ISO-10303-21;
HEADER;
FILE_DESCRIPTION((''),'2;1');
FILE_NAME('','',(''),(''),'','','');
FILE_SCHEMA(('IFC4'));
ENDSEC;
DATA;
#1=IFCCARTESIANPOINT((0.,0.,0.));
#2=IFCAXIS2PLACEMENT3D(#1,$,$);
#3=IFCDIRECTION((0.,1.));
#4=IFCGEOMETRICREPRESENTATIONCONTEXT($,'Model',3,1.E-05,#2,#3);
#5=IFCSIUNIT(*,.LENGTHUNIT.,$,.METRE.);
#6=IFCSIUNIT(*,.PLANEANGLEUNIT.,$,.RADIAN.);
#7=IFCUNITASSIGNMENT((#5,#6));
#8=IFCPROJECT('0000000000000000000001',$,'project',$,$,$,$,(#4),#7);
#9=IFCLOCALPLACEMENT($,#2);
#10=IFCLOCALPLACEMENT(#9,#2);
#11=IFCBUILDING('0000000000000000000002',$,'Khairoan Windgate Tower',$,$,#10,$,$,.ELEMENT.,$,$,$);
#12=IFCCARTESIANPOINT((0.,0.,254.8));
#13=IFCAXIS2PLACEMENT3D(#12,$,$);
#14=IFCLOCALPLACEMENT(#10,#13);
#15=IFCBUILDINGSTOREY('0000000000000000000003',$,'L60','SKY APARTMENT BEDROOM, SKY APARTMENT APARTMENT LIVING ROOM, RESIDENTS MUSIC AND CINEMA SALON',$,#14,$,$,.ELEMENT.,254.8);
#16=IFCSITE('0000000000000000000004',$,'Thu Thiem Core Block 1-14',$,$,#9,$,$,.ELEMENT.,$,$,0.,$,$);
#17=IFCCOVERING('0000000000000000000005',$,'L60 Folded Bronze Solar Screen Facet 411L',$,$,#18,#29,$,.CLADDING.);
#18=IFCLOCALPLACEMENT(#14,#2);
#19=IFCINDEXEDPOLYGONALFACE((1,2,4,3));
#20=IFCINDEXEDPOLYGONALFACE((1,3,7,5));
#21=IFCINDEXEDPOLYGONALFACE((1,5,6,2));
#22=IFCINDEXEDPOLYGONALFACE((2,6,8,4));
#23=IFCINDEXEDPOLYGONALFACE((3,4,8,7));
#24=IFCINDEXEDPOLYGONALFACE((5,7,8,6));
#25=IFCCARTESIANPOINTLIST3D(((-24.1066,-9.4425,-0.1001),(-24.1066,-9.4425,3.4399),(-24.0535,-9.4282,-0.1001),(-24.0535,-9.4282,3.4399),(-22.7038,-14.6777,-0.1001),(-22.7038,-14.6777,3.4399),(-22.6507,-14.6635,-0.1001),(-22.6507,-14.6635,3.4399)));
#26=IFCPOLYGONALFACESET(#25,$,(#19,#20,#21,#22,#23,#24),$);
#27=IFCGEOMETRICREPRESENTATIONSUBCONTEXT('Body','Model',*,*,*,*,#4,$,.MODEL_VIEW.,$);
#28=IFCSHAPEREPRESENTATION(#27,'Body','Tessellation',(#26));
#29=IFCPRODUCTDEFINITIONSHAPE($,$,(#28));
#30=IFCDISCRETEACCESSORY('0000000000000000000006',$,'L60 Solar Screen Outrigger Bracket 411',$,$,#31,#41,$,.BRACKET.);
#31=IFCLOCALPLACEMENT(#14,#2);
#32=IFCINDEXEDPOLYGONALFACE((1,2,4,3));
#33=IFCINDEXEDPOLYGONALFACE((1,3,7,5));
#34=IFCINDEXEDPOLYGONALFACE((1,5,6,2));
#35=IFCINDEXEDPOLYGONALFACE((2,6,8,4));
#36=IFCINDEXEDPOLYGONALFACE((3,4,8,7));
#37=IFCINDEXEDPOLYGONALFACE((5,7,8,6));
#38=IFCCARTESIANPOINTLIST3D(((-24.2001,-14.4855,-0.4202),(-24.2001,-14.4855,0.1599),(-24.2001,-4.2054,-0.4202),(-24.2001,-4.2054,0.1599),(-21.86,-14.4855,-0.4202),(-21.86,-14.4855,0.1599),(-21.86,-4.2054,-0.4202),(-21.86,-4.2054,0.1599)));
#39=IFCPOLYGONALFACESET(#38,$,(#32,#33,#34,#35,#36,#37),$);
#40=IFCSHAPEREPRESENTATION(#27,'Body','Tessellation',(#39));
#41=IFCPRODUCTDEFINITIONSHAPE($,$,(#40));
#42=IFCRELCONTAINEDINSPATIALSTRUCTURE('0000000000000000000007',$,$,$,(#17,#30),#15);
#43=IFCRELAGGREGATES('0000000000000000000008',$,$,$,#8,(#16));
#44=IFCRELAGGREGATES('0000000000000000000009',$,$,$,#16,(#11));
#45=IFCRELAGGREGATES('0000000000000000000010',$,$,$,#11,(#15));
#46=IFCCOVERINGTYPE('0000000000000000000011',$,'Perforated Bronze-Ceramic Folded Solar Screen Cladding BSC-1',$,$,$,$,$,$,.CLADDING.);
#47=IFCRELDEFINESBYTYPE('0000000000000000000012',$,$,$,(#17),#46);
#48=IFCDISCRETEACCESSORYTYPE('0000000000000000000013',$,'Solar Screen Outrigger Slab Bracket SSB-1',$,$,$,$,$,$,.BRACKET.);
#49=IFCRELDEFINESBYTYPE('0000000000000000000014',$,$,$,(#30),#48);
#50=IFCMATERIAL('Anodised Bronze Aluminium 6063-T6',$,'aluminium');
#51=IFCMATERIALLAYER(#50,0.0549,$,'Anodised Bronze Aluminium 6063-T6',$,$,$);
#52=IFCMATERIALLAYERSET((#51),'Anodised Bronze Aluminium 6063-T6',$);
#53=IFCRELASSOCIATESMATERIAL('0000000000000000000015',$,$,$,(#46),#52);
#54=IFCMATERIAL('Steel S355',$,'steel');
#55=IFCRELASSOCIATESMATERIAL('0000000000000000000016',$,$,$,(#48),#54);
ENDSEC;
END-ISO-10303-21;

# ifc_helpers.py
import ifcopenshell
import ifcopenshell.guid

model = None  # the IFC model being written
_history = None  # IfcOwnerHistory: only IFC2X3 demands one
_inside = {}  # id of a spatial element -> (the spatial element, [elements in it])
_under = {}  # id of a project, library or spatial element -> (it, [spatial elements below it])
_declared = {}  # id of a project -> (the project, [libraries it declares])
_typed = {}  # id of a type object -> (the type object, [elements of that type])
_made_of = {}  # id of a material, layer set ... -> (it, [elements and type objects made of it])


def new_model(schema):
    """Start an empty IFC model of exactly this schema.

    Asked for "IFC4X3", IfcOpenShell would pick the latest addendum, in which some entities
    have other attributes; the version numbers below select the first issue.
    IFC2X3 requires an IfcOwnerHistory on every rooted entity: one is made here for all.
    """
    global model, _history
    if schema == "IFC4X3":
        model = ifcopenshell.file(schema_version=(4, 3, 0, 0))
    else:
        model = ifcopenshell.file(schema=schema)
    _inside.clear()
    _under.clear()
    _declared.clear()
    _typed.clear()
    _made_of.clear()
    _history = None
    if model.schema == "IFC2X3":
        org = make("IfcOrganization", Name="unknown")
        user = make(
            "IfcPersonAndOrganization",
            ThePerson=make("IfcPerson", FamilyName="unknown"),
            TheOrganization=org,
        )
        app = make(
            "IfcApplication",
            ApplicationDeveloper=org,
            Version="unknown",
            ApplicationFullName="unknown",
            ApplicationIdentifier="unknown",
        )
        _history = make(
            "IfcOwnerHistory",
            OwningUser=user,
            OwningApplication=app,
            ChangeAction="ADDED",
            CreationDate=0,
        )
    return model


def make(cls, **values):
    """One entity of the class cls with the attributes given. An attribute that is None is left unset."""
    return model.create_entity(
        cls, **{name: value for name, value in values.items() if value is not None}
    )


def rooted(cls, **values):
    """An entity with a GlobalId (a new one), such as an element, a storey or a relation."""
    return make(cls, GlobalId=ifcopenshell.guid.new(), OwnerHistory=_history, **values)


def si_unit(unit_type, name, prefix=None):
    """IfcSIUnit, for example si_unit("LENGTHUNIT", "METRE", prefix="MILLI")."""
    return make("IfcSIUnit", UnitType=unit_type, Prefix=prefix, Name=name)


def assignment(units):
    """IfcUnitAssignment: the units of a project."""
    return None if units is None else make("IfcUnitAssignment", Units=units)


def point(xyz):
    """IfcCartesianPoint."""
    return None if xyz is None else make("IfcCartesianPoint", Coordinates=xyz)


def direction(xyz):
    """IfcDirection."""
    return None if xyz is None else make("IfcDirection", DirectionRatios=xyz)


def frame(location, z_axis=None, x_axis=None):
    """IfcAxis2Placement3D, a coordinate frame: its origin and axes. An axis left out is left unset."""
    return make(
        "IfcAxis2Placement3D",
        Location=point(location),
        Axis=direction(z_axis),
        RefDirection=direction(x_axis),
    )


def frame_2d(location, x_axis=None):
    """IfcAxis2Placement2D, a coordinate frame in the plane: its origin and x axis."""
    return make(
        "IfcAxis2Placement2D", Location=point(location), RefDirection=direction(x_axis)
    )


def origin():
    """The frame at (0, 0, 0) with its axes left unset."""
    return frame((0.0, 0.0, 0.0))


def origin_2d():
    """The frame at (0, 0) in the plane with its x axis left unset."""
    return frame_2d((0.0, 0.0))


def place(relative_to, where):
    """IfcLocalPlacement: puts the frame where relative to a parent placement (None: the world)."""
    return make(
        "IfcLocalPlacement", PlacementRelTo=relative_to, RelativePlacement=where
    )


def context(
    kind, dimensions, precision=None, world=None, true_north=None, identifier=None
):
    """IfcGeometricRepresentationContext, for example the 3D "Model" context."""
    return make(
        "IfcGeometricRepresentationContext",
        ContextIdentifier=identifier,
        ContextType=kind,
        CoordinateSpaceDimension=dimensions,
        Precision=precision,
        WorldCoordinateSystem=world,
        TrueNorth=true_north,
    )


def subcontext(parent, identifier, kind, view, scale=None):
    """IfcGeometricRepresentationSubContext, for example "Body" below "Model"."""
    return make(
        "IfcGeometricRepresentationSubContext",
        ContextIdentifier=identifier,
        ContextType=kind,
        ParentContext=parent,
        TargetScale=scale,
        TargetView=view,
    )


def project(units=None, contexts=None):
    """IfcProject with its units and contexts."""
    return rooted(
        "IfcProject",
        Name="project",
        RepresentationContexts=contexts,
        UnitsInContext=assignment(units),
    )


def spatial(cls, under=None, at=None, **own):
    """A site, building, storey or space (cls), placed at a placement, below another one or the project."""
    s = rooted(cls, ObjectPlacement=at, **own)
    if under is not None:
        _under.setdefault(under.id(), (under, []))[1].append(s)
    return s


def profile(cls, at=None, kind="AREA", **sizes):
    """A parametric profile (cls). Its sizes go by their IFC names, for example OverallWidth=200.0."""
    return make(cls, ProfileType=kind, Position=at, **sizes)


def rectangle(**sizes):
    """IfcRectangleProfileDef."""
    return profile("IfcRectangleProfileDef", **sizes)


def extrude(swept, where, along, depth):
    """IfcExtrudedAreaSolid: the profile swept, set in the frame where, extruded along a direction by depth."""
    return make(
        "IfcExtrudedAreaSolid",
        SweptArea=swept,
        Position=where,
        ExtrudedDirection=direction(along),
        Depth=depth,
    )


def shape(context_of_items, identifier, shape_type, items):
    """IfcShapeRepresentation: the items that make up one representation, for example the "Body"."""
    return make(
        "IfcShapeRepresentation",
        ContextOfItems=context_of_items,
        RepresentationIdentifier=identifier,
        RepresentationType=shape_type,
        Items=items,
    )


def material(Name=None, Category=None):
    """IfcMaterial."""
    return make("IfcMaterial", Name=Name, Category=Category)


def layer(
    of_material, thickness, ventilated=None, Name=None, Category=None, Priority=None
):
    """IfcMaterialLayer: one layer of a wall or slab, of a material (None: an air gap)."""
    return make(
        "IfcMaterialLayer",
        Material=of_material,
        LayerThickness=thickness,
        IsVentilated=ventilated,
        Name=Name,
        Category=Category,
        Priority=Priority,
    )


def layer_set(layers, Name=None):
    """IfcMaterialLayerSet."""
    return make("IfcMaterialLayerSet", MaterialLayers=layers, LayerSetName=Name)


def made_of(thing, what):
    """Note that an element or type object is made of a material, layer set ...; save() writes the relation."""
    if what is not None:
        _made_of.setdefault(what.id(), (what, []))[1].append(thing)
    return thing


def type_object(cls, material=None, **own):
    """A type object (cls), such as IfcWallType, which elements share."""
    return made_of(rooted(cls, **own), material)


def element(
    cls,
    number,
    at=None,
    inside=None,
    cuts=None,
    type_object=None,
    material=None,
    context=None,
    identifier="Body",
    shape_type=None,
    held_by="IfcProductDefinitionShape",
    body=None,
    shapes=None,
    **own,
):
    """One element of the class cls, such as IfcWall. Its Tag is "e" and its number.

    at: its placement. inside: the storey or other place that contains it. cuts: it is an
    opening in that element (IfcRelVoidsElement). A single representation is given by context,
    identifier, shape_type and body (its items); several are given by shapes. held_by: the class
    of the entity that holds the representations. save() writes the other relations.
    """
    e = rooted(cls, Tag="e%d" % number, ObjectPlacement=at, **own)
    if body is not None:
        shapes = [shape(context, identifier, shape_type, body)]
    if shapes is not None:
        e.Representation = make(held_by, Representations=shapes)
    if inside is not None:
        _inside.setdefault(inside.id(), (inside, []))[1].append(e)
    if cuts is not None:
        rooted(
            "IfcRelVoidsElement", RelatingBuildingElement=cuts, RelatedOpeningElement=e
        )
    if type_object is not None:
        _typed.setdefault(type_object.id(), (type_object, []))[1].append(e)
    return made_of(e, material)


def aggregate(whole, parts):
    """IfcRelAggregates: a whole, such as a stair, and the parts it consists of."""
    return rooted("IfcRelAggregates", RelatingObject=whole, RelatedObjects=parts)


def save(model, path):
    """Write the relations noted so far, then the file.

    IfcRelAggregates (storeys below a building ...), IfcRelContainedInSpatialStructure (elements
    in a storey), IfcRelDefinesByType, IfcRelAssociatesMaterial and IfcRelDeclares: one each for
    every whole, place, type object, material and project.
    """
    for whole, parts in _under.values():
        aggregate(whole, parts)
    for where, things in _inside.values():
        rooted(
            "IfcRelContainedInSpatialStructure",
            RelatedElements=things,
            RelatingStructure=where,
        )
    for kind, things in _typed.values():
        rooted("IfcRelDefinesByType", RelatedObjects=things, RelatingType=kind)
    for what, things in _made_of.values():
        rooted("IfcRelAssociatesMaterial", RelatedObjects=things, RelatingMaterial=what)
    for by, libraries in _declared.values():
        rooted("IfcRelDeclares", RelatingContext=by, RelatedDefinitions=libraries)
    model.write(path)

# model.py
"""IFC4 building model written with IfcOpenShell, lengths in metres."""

from ifc_helpers import new_model, si_unit, direction, frame, origin, origin_2d, place, context, subcontext, project, spatial, rectangle, extrude, material, layer, layer_set, type_object, element, save


model = new_model("IFC4")

# Units and contexts
model_context = context("Model", 3, precision=1e-05, world=origin(), true_north=direction((0.0, 1.0)))
body_context = subcontext(model_context, "Body", "Model", "MODEL_VIEW")
ifc_project = project(units=[si_unit("LENGTHUNIT", "METRE"), si_unit("PLANEANGLEUNIT", "RADIAN")], contexts=[model_context])

# Site, building, storey
site_placement = place(None, origin())
site = spatial("IfcSite", under=ifc_project, at=site_placement, Name="Thu Thiem Core Block 1-14", CompositionType="ELEMENT", RefElevation=0.0)
building_placement = place(site_placement, origin())
building = spatial("IfcBuilding", under=site, at=building_placement, Name="Khairoan Windgate Tower", CompositionType="ELEMENT")
storey_placement = place(building_placement, frame((0.0, 0.0, 254.8)))
storey = spatial("IfcBuildingStorey", under=building, at=storey_placement, Name="L60", Description="SKY APARTMENT BEDROOM, SKY APARTMENT APARTMENT LIVING ROOM, RESIDENTS MUSIC AND CINEMA SALON", CompositionType="ELEMENT", Elevation=254.8)

# Covering
ifc_material_1 = material(Name="Anodised Bronze Aluminium 6063-T6", Category="aluminium")
ifc_layer_1 = layer(ifc_material_1, 0.0549, Name="Anodised Bronze Aluminium 6063-T6")
ifc_layer_set_1 = layer_set([ifc_layer_1], Name="Anodised Bronze Aluminium 6063-T6")
covering_type = type_object("IfcCoveringType", Name="Perforated Bronze-Ceramic Folded Solar Screen Cladding BSC-1", PredefinedType="CLADDING", material=ifc_layer_set_1)
covering_placement = place(storey_placement, frame((-23.3787, -12.053, -0.1001), z_axis=(0.0, 0.0, 1.0), x_axis=(-0.258819, 0.965926, 0.0)))
element("IfcCovering", 1, at=covering_placement, inside=storey, type_object=covering_type, Name="L60 Folded Bronze Solar Screen Facet 411L", PredefinedType="CLADDING", context=body_context, shape_type="SweptSolid", body=[
    extrude(rectangle(XDim=5.4199, YDim=0.0549, at=origin_2d()), origin(), (0.0, 0.0, 1.0), 3.54),
])

# Discrete accessory
ifc_material_2 = material(Name="Steel S355", Category="steel")
discrete_accessory_type = type_object("IfcDiscreteAccessoryType", Name="Solar Screen Outrigger Slab Bracket SSB-1", PredefinedType="BRACKET", material=ifc_material_2)
discrete_accessory_placement = place(storey_placement, frame((-23.03, -9.3455, -0.4202), z_axis=(0.0, 0.0, 1.0), x_axis=(0.0, 1.0, 0.0)))
element("IfcDiscreteAccessory", 2, at=discrete_accessory_placement, inside=storey, type_object=discrete_accessory_type, Name="L60 Solar Screen Outrigger Bracket 411", PredefinedType="BRACKET", context=body_context, shape_type="SweptSolid", body=[
    extrude(rectangle(XDim=10.28, YDim=2.3401, at=origin_2d()), origin(), (0.0, 0.0, 1.0), 0.5801),
])

save(model, "model.ifc")
